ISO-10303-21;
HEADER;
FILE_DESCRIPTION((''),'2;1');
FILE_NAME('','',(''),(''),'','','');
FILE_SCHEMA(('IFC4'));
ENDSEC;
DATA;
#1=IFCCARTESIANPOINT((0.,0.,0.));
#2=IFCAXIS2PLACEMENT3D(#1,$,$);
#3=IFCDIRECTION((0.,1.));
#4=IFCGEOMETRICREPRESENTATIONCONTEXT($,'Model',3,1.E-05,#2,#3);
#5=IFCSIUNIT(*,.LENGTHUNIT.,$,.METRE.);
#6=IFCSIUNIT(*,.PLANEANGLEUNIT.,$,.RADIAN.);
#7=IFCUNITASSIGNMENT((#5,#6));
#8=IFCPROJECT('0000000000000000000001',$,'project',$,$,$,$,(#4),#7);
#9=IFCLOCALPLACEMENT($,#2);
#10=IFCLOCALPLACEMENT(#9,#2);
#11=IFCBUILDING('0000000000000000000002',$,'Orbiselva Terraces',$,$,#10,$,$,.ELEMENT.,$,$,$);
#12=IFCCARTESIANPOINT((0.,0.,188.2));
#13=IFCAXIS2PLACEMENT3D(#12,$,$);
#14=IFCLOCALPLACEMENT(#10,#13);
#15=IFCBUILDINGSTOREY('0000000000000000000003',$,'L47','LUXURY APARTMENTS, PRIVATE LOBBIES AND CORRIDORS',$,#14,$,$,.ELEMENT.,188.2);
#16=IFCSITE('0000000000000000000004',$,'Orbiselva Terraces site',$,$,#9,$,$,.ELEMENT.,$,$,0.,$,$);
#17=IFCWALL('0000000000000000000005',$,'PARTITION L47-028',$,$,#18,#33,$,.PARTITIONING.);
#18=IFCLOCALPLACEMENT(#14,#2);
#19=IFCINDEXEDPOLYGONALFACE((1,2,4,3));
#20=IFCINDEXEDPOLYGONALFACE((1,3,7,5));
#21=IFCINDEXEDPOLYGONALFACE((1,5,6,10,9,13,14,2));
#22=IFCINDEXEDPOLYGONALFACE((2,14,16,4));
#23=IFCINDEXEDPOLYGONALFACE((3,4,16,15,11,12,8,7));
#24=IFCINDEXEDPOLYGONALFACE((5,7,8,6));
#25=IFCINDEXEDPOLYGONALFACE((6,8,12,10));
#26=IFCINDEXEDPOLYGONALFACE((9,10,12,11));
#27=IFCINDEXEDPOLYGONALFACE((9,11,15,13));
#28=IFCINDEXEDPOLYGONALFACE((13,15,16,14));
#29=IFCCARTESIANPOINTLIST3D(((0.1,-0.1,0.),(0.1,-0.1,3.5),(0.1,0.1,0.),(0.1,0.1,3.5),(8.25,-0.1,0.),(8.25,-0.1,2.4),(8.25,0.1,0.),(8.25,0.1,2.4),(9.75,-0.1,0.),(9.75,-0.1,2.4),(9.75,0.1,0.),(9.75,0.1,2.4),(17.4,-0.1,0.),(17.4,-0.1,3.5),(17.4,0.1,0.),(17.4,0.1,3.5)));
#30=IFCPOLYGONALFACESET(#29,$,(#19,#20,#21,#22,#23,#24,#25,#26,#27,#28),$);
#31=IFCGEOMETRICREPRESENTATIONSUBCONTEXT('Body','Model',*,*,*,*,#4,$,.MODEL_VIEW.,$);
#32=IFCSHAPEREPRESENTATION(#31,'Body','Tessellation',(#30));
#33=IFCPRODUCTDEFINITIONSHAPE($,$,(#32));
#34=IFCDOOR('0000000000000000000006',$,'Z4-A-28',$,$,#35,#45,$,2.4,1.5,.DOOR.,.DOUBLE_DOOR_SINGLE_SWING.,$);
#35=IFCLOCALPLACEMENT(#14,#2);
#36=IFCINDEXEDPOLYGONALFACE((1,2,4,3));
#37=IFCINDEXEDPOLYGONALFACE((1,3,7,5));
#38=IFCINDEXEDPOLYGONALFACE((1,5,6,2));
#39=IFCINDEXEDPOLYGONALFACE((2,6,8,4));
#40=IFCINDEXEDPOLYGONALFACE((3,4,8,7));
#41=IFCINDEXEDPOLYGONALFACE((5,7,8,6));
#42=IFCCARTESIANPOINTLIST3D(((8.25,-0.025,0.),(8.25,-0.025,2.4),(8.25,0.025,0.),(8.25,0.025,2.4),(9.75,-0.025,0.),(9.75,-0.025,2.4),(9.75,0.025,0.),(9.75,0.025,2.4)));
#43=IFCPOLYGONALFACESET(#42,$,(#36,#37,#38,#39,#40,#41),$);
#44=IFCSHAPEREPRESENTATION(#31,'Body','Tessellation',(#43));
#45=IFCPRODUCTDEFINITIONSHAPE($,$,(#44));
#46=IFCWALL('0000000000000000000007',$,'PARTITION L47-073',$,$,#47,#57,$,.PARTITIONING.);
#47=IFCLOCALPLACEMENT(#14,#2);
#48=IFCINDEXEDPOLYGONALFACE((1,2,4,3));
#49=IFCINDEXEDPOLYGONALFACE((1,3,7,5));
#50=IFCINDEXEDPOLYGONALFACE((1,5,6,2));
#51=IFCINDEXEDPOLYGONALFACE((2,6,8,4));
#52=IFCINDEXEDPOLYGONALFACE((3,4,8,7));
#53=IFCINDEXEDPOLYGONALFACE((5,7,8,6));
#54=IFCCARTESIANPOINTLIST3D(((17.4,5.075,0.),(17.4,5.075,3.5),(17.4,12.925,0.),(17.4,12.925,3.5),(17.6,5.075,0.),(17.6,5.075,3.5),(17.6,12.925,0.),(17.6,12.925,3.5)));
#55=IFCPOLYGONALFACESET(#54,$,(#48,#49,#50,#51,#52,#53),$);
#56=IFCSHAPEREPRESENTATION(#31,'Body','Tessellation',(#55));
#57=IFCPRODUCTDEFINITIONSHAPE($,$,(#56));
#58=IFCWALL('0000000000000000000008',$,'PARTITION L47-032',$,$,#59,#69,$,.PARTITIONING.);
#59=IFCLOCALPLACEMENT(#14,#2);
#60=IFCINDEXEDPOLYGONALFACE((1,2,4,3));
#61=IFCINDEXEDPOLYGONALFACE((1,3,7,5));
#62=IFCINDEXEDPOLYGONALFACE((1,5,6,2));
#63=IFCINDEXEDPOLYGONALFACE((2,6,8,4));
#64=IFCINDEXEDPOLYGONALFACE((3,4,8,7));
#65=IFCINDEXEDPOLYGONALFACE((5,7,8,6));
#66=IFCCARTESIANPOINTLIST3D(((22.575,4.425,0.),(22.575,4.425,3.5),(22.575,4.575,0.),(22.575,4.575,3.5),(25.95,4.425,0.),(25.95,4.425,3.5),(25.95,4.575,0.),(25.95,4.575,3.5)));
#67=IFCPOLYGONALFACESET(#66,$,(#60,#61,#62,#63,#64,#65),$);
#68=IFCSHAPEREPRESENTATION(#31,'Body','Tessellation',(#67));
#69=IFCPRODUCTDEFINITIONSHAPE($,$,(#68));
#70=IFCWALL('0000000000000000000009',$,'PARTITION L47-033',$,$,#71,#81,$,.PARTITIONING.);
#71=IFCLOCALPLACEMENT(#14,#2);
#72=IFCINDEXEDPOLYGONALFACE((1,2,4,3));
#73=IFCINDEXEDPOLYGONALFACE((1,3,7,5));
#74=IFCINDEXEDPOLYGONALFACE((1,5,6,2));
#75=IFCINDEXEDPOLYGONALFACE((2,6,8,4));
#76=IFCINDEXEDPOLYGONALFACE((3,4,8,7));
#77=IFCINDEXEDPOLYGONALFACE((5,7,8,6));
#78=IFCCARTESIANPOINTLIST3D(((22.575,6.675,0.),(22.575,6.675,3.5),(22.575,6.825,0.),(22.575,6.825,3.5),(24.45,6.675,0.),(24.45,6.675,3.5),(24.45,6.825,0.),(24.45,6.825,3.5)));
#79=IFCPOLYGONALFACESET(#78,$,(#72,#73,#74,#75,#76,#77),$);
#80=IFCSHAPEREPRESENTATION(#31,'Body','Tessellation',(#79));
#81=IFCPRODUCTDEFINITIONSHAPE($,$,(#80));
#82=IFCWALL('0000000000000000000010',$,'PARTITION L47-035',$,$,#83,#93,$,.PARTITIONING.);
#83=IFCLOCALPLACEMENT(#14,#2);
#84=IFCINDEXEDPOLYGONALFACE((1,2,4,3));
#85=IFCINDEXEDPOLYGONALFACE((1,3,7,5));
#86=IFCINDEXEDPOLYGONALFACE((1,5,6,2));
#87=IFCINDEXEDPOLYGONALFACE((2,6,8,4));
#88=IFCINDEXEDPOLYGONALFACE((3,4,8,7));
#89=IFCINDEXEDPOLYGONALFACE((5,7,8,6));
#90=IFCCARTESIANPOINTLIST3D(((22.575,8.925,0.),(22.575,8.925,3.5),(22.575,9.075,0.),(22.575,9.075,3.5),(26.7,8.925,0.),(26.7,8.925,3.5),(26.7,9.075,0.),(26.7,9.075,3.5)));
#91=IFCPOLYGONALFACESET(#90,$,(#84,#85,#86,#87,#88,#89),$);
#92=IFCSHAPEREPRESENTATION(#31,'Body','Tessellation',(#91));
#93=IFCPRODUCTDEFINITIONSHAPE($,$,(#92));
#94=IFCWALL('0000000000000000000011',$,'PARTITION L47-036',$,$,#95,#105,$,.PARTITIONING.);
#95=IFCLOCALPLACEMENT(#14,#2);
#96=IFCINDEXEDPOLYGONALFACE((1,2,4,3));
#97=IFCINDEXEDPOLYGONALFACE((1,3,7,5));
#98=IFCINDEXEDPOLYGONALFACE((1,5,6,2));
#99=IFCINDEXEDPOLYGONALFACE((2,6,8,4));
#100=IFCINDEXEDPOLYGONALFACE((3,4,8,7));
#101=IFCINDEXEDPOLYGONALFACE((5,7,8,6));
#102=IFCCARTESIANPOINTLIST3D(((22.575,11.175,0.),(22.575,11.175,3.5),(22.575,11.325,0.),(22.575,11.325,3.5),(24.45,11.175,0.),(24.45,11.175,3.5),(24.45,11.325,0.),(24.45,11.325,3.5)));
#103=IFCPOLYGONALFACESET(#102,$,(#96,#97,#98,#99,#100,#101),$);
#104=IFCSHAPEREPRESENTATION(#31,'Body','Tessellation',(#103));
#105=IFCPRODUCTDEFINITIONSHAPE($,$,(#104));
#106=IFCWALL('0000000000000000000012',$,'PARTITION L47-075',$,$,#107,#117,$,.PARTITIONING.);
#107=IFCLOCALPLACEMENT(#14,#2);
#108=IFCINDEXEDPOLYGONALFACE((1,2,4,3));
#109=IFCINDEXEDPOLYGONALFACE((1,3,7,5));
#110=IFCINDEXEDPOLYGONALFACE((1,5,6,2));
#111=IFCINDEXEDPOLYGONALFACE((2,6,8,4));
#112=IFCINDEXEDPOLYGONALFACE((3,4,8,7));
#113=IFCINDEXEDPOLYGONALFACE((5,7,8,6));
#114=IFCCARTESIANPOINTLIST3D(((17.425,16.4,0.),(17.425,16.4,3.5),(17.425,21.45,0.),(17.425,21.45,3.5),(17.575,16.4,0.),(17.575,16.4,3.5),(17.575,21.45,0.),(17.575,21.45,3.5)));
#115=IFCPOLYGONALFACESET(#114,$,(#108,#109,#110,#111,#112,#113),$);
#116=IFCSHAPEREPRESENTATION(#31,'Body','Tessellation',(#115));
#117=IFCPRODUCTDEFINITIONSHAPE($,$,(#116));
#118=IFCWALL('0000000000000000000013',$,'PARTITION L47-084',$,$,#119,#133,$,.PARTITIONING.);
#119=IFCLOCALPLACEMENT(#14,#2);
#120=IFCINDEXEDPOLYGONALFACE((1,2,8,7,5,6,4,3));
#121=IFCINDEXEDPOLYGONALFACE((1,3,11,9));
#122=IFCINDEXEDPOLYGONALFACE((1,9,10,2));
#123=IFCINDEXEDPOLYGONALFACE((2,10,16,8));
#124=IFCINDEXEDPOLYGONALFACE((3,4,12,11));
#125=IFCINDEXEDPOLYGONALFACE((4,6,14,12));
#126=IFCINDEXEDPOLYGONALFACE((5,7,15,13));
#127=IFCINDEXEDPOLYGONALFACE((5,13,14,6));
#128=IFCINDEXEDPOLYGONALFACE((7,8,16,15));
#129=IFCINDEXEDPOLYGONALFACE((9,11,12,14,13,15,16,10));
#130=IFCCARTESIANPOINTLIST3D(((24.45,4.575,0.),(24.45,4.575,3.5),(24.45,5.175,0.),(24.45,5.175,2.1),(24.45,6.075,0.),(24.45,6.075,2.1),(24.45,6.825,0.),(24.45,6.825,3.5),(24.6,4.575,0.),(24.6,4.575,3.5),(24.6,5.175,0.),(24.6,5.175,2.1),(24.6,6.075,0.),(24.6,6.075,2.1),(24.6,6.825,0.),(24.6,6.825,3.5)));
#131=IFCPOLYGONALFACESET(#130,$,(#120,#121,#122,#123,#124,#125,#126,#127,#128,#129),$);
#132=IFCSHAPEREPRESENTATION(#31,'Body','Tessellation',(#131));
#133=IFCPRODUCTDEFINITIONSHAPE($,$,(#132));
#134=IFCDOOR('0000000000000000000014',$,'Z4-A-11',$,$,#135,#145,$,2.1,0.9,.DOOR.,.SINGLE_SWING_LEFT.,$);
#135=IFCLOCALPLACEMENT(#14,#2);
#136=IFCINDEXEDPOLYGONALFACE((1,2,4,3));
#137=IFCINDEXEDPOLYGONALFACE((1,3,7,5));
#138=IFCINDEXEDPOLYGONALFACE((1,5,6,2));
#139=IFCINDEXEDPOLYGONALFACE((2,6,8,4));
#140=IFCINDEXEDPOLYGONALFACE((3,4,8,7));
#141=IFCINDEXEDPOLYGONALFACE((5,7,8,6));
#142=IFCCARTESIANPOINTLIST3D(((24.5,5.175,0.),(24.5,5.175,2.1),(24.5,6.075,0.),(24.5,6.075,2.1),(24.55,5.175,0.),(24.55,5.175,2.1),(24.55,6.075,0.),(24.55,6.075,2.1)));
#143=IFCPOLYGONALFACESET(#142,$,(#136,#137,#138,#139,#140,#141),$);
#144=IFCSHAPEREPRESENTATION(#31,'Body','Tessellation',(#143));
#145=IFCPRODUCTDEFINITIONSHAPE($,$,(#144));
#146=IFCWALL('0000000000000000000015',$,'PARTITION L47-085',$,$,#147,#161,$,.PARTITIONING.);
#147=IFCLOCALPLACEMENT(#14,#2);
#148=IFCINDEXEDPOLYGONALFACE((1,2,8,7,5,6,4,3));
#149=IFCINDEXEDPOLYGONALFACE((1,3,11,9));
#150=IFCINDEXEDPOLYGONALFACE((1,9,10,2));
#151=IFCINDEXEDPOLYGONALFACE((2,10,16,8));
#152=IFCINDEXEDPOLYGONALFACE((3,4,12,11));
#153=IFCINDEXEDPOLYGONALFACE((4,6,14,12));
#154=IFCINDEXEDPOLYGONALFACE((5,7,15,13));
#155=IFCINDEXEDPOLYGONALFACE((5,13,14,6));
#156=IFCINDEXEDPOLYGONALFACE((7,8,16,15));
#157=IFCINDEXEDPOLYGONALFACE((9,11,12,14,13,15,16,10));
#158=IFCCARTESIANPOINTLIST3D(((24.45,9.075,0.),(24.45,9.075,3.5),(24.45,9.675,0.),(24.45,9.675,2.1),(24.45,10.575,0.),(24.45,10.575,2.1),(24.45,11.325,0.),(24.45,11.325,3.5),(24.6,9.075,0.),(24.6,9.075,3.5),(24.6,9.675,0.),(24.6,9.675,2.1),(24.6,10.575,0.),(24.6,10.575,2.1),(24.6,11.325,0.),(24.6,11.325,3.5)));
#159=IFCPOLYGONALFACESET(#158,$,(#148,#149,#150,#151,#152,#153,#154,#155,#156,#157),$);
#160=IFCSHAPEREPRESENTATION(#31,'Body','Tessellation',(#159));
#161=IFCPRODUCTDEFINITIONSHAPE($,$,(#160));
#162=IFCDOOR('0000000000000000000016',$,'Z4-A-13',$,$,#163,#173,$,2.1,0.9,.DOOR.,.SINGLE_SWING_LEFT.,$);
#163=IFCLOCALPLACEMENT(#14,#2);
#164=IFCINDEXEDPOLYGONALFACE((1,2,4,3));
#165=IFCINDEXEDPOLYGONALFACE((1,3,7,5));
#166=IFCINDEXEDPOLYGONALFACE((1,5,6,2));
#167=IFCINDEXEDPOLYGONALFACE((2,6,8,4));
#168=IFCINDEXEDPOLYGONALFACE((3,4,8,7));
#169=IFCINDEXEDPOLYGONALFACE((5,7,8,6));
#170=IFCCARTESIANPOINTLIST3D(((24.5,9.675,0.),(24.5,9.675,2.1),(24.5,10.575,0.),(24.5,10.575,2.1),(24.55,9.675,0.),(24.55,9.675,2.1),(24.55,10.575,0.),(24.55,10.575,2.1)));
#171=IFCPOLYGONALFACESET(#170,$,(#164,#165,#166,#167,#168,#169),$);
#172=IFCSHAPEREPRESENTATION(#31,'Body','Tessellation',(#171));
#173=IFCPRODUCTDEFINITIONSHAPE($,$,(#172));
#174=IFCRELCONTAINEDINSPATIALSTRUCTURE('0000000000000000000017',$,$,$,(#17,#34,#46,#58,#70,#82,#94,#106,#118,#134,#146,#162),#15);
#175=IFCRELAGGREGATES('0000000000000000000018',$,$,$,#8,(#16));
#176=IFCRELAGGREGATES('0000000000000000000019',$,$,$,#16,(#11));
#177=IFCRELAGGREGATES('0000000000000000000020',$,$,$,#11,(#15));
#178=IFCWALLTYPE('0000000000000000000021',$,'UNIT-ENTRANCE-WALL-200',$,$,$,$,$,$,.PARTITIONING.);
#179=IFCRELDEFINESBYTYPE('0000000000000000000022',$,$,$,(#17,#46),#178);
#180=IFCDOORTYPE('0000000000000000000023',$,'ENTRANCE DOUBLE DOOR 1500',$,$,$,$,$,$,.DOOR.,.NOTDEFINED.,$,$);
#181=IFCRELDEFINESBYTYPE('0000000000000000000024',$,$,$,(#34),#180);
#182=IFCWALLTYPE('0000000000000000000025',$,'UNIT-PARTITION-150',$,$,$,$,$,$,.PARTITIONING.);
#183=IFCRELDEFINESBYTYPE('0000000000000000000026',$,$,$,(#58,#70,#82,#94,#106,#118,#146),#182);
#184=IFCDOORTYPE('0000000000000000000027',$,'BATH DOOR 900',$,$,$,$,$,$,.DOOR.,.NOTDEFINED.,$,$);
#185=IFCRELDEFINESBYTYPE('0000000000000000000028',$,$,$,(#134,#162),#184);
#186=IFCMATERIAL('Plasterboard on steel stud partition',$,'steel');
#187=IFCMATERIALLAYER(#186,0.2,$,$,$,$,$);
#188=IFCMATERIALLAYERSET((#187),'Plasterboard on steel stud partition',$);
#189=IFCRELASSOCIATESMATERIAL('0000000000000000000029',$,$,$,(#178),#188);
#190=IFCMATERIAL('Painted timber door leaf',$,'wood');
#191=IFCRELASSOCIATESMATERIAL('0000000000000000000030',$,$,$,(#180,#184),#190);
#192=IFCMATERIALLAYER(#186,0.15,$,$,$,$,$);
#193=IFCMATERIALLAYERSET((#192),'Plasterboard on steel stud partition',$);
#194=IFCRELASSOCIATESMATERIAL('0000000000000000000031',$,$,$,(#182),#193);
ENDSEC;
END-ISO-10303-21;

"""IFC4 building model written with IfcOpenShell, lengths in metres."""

from ifc_helpers import new_model, si_unit, direction, frame, frame_2d, origin, place, context, subcontext, project, spatial, rectangle, extrude, material, layer, layer_set, type_object, element, fill, save


model = new_model("IFC4")

# Units and contexts
model_context = context("Model", 3, precision=1e-05, world=origin(), true_north=direction((0.0, 1.0)))
body_context = subcontext(model_context, "Body", "Model", "MODEL_VIEW")
ifc_project = project(units=[si_unit("LENGTHUNIT", "METRE"), si_unit("PLANEANGLEUNIT", "RADIAN")], contexts=[model_context])

# Site, building, storey
site_placement = place(None, origin())
site = spatial("IfcSite", under=ifc_project, at=site_placement, Name="Orbiselva Terraces site", CompositionType="ELEMENT", RefElevation=0.0)
building_placement = place(site_placement, origin())
building = spatial("IfcBuilding", under=site, at=building_placement, Name="Orbiselva Terraces", CompositionType="ELEMENT")
storey_placement = place(building_placement, frame((0.0, 0.0, 188.2)))
storey = spatial("IfcBuildingStorey", under=building, at=storey_placement, Name="L47", Description="LUXURY APARTMENTS, PRIVATE LOBBIES AND CORRIDORS", CompositionType="ELEMENT", Elevation=188.2)

# Wall, opening, door
ifc_material_1 = material(Name="Plasterboard on steel stud partition", Category="steel")
ifc_layer_1 = layer(ifc_material_1, 0.2)
ifc_layer_set_1 = layer_set([ifc_layer_1], Name="Plasterboard on steel stud partition")
wall_type_1 = type_object("IfcWallType", Name="UNIT-ENTRANCE-WALL-200", PredefinedType="PARTITIONING", material=ifc_layer_set_1)
wall_1_placement = place(storey_placement, frame((17.4, 0.0, 0.0), z_axis=(0.0, 0.0, 1.0), x_axis=(-1.0, 0.0, 0.0)))
wall_1 = element("IfcWall", 1, at=wall_1_placement, inside=storey, type_object=wall_type_1, Name="PARTITION L47-028", PredefinedType="PARTITIONING", context=body_context, shape_type="SweptSolid", body=[
    extrude(rectangle(XDim=17.3, YDim=0.2, at=frame_2d((8.65, 0.0))), origin(), (0.0, 0.0, 1.0), 3.5),
])
opening_1_placement = place(wall_1_placement, frame((7.65, 0.0, 0.0)))
opening_1 = element("IfcOpeningElement", 2, at=opening_1_placement, cuts=wall_1, PredefinedType="OPENING", context=body_context, shape_type="SweptSolid", body=[
    extrude(rectangle(XDim=1.5, YDim=2.4, at=frame_2d((0.75, 1.2))), frame((0.0, 0.11, 0.0), z_axis=(0.0, -1.0, 0.0), x_axis=(1.0, 0.0, 0.0)), (0.0, 0.0, 1.0), 0.22),
])
ifc_material_2 = material(Name="Painted timber door leaf", Category="wood")
door_type_1 = type_object("IfcDoorType", Name="ENTRANCE DOUBLE DOOR 1500", OperationType="NOTDEFINED", PredefinedType="DOOR", material=ifc_material_2)
door_1_placement = place(opening_1_placement, origin())
door_1 = element("IfcDoor", 3, at=door_1_placement, inside=storey, type_object=door_type_1, Name="Z4-A-28", OperationType="DOUBLE_DOOR_SINGLE_SWING", OverallHeight=2.4, OverallWidth=1.5, PredefinedType="DOOR", context=body_context, shape_type="SweptSolid", body=[
    extrude(rectangle(XDim=1.5, YDim=2.4, at=frame_2d((0.75, 1.2))), frame((0.0, 0.025, 0.0), z_axis=(0.0, -1.0, 0.0), x_axis=(1.0, 0.0, 0.0)), (0.0, 0.0, 1.0), 0.05),
])
fill(opening_1, door_1)

# Walls
wall_2_placement = place(storey_placement, frame((17.5, 5.075, 0.0), z_axis=(0.0, 0.0, 1.0), x_axis=(0.0, 1.0, 0.0)))
element("IfcWall", 4, at=wall_2_placement, inside=storey, type_object=wall_type_1, Name="PARTITION L47-073", PredefinedType="PARTITIONING", context=body_context, shape_type="SweptSolid", body=[
    extrude(rectangle(XDim=7.85, YDim=0.2, at=frame_2d((3.925, 0.0))), origin(), (0.0, 0.0, 1.0), 3.5),
])
ifc_layer_2 = layer(ifc_material_1, 0.15)
ifc_layer_set_2 = layer_set([ifc_layer_2], Name="Plasterboard on steel stud partition")
wall_type_2 = type_object("IfcWallType", Name="UNIT-PARTITION-150", PredefinedType="PARTITIONING", material=ifc_layer_set_2)
wall_3_placement = place(storey_placement, frame((22.575, 4.5, 0.0), z_axis=(0.0, 0.0, 1.0), x_axis=(1.0, 0.0, 0.0)))
element("IfcWall", 5, at=wall_3_placement, inside=storey, type_object=wall_type_2, Name="PARTITION L47-032", PredefinedType="PARTITIONING", context=body_context, shape_type="SweptSolid", body=[
    extrude(rectangle(XDim=3.375, YDim=0.15, at=frame_2d((1.6875, 0.0))), origin(), (0.0, 0.0, 1.0), 3.5),
])
wall_4_placement = place(storey_placement, frame((22.575, 6.75, 0.0), z_axis=(0.0, 0.0, 1.0), x_axis=(1.0, 0.0, 0.0)))
element("IfcWall", 6, at=wall_4_placement, inside=storey, type_object=wall_type_2, Name="PARTITION L47-033", PredefinedType="PARTITIONING", context=body_context, shape_type="SweptSolid", body=[
    extrude(rectangle(XDim=1.875, YDim=0.15, at=frame_2d((0.9375, 0.0))), origin(), (0.0, 0.0, 1.0), 3.5),
])
wall_5_placement = place(storey_placement, frame((22.575, 9.0, 0.0), z_axis=(0.0, 0.0, 1.0), x_axis=(1.0, 0.0, 0.0)))
element("IfcWall", 7, at=wall_5_placement, inside=storey, type_object=wall_type_2, Name="PARTITION L47-035", PredefinedType="PARTITIONING", context=body_context, shape_type="SweptSolid", body=[
    extrude(rectangle(XDim=4.125, YDim=0.15, at=frame_2d((2.0625, 0.0))), origin(), (0.0, 0.0, 1.0), 3.5),
])
wall_6_placement = place(storey_placement, frame((22.575, 11.25, 0.0), z_axis=(0.0, 0.0, 1.0), x_axis=(1.0, 0.0, 0.0)))
element("IfcWall", 8, at=wall_6_placement, inside=storey, type_object=wall_type_2, Name="PARTITION L47-036", PredefinedType="PARTITIONING", context=body_context, shape_type="SweptSolid", body=[
    extrude(rectangle(XDim=1.875, YDim=0.15, at=frame_2d((0.9375, 0.0))), origin(), (0.0, 0.0, 1.0), 3.5),
])
wall_7_placement = place(storey_placement, frame((17.5, 16.4, 0.0), z_axis=(0.0, 0.0, 1.0), x_axis=(0.0, 1.0, 0.0)))
element("IfcWall", 9, at=wall_7_placement, inside=storey, type_object=wall_type_2, Name="PARTITION L47-075", PredefinedType="PARTITIONING", context=body_context, shape_type="SweptSolid", body=[
    extrude(rectangle(XDim=5.05, YDim=0.15, at=frame_2d((2.525, 0.0))), origin(), (0.0, 0.0, 1.0), 3.5),
])

# Walls, openings, doors
wall_8_placement = place(storey_placement, frame((24.525, 4.575, 0.0), z_axis=(0.0, 0.0, 1.0), x_axis=(0.0, 1.0, 0.0)))
wall_8 = element("IfcWall", 10, at=wall_8_placement, inside=storey, type_object=wall_type_2, Name="PARTITION L47-084", PredefinedType="PARTITIONING", context=body_context, shape_type="SweptSolid", body=[
    extrude(rectangle(XDim=2.25, YDim=0.15, at=frame_2d((1.125, 0.0))), origin(), (0.0, 0.0, 1.0), 3.5),
])
opening_2_placement = place(wall_8_placement, frame((0.6, 0.0, 0.0)))
opening_2 = element("IfcOpeningElement", 11, at=opening_2_placement, cuts=wall_8, PredefinedType="OPENING", context=body_context, shape_type="SweptSolid", body=[
    extrude(rectangle(XDim=0.9, YDim=2.1, at=frame_2d((0.45, 1.05))), frame((0.0, 0.085, 0.0), z_axis=(0.0, -1.0, 0.0), x_axis=(1.0, 0.0, 0.0)), (0.0, 0.0, 1.0), 0.17),
])
door_type_2 = type_object("IfcDoorType", Name="BATH DOOR 900", OperationType="NOTDEFINED", PredefinedType="DOOR", material=ifc_material_2)
door_2_placement = place(opening_2_placement, origin())
door_2 = element("IfcDoor", 12, at=door_2_placement, inside=storey, type_object=door_type_2, Name="Z4-A-11", OperationType="SINGLE_SWING_LEFT", OverallHeight=2.1, OverallWidth=0.9, PredefinedType="DOOR", context=body_context, shape_type="SweptSolid", body=[
    extrude(rectangle(XDim=0.9, YDim=2.1, at=frame_2d((0.45, 1.05))), frame((0.0, 0.025, 0.0), z_axis=(0.0, -1.0, 0.0), x_axis=(1.0, 0.0, 0.0)), (0.0, 0.0, 1.0), 0.05),
])
fill(opening_2, door_2)
wall_9_placement = place(storey_placement, frame((24.525, 9.075, 0.0), z_axis=(0.0, 0.0, 1.0), x_axis=(0.0, 1.0, 0.0)))
wall_9 = element("IfcWall", 13, at=wall_9_placement, inside=storey, type_object=wall_type_2, Name="PARTITION L47-085", PredefinedType="PARTITIONING", context=body_context, shape_type="SweptSolid", body=[
    extrude(rectangle(XDim=2.25, YDim=0.15, at=frame_2d((1.125, 0.0))), origin(), (0.0, 0.0, 1.0), 3.5),
])
opening_3_placement = place(wall_9_placement, frame((0.6, 0.0, 0.0)))
opening_3 = element("IfcOpeningElement", 14, at=opening_3_placement, cuts=wall_9, PredefinedType="OPENING", context=body_context, shape_type="SweptSolid", body=[
    extrude(rectangle(XDim=0.9, YDim=2.1, at=frame_2d((0.45, 1.05))), frame((0.0, 0.085, 0.0), z_axis=(0.0, -1.0, 0.0), x_axis=(1.0, 0.0, 0.0)), (0.0, 0.0, 1.0), 0.17),
])
door_3_placement = place(opening_3_placement, origin())
door_3 = element("IfcDoor", 15, at=door_3_placement, inside=storey, type_object=door_type_2, Name="Z4-A-13", OperationType="SINGLE_SWING_LEFT", OverallHeight=2.1, OverallWidth=0.9, PredefinedType="DOOR", context=body_context, shape_type="SweptSolid", body=[
    extrude(rectangle(XDim=0.9, YDim=2.1, at=frame_2d((0.45, 1.05))), frame((0.0, 0.025, 0.0), z_axis=(0.0, -1.0, 0.0), x_axis=(1.0, 0.0, 0.0)), (0.0, 0.0, 1.0), 0.05),
])
fill(opening_3, door_3)

save(model, "model.ifc")
